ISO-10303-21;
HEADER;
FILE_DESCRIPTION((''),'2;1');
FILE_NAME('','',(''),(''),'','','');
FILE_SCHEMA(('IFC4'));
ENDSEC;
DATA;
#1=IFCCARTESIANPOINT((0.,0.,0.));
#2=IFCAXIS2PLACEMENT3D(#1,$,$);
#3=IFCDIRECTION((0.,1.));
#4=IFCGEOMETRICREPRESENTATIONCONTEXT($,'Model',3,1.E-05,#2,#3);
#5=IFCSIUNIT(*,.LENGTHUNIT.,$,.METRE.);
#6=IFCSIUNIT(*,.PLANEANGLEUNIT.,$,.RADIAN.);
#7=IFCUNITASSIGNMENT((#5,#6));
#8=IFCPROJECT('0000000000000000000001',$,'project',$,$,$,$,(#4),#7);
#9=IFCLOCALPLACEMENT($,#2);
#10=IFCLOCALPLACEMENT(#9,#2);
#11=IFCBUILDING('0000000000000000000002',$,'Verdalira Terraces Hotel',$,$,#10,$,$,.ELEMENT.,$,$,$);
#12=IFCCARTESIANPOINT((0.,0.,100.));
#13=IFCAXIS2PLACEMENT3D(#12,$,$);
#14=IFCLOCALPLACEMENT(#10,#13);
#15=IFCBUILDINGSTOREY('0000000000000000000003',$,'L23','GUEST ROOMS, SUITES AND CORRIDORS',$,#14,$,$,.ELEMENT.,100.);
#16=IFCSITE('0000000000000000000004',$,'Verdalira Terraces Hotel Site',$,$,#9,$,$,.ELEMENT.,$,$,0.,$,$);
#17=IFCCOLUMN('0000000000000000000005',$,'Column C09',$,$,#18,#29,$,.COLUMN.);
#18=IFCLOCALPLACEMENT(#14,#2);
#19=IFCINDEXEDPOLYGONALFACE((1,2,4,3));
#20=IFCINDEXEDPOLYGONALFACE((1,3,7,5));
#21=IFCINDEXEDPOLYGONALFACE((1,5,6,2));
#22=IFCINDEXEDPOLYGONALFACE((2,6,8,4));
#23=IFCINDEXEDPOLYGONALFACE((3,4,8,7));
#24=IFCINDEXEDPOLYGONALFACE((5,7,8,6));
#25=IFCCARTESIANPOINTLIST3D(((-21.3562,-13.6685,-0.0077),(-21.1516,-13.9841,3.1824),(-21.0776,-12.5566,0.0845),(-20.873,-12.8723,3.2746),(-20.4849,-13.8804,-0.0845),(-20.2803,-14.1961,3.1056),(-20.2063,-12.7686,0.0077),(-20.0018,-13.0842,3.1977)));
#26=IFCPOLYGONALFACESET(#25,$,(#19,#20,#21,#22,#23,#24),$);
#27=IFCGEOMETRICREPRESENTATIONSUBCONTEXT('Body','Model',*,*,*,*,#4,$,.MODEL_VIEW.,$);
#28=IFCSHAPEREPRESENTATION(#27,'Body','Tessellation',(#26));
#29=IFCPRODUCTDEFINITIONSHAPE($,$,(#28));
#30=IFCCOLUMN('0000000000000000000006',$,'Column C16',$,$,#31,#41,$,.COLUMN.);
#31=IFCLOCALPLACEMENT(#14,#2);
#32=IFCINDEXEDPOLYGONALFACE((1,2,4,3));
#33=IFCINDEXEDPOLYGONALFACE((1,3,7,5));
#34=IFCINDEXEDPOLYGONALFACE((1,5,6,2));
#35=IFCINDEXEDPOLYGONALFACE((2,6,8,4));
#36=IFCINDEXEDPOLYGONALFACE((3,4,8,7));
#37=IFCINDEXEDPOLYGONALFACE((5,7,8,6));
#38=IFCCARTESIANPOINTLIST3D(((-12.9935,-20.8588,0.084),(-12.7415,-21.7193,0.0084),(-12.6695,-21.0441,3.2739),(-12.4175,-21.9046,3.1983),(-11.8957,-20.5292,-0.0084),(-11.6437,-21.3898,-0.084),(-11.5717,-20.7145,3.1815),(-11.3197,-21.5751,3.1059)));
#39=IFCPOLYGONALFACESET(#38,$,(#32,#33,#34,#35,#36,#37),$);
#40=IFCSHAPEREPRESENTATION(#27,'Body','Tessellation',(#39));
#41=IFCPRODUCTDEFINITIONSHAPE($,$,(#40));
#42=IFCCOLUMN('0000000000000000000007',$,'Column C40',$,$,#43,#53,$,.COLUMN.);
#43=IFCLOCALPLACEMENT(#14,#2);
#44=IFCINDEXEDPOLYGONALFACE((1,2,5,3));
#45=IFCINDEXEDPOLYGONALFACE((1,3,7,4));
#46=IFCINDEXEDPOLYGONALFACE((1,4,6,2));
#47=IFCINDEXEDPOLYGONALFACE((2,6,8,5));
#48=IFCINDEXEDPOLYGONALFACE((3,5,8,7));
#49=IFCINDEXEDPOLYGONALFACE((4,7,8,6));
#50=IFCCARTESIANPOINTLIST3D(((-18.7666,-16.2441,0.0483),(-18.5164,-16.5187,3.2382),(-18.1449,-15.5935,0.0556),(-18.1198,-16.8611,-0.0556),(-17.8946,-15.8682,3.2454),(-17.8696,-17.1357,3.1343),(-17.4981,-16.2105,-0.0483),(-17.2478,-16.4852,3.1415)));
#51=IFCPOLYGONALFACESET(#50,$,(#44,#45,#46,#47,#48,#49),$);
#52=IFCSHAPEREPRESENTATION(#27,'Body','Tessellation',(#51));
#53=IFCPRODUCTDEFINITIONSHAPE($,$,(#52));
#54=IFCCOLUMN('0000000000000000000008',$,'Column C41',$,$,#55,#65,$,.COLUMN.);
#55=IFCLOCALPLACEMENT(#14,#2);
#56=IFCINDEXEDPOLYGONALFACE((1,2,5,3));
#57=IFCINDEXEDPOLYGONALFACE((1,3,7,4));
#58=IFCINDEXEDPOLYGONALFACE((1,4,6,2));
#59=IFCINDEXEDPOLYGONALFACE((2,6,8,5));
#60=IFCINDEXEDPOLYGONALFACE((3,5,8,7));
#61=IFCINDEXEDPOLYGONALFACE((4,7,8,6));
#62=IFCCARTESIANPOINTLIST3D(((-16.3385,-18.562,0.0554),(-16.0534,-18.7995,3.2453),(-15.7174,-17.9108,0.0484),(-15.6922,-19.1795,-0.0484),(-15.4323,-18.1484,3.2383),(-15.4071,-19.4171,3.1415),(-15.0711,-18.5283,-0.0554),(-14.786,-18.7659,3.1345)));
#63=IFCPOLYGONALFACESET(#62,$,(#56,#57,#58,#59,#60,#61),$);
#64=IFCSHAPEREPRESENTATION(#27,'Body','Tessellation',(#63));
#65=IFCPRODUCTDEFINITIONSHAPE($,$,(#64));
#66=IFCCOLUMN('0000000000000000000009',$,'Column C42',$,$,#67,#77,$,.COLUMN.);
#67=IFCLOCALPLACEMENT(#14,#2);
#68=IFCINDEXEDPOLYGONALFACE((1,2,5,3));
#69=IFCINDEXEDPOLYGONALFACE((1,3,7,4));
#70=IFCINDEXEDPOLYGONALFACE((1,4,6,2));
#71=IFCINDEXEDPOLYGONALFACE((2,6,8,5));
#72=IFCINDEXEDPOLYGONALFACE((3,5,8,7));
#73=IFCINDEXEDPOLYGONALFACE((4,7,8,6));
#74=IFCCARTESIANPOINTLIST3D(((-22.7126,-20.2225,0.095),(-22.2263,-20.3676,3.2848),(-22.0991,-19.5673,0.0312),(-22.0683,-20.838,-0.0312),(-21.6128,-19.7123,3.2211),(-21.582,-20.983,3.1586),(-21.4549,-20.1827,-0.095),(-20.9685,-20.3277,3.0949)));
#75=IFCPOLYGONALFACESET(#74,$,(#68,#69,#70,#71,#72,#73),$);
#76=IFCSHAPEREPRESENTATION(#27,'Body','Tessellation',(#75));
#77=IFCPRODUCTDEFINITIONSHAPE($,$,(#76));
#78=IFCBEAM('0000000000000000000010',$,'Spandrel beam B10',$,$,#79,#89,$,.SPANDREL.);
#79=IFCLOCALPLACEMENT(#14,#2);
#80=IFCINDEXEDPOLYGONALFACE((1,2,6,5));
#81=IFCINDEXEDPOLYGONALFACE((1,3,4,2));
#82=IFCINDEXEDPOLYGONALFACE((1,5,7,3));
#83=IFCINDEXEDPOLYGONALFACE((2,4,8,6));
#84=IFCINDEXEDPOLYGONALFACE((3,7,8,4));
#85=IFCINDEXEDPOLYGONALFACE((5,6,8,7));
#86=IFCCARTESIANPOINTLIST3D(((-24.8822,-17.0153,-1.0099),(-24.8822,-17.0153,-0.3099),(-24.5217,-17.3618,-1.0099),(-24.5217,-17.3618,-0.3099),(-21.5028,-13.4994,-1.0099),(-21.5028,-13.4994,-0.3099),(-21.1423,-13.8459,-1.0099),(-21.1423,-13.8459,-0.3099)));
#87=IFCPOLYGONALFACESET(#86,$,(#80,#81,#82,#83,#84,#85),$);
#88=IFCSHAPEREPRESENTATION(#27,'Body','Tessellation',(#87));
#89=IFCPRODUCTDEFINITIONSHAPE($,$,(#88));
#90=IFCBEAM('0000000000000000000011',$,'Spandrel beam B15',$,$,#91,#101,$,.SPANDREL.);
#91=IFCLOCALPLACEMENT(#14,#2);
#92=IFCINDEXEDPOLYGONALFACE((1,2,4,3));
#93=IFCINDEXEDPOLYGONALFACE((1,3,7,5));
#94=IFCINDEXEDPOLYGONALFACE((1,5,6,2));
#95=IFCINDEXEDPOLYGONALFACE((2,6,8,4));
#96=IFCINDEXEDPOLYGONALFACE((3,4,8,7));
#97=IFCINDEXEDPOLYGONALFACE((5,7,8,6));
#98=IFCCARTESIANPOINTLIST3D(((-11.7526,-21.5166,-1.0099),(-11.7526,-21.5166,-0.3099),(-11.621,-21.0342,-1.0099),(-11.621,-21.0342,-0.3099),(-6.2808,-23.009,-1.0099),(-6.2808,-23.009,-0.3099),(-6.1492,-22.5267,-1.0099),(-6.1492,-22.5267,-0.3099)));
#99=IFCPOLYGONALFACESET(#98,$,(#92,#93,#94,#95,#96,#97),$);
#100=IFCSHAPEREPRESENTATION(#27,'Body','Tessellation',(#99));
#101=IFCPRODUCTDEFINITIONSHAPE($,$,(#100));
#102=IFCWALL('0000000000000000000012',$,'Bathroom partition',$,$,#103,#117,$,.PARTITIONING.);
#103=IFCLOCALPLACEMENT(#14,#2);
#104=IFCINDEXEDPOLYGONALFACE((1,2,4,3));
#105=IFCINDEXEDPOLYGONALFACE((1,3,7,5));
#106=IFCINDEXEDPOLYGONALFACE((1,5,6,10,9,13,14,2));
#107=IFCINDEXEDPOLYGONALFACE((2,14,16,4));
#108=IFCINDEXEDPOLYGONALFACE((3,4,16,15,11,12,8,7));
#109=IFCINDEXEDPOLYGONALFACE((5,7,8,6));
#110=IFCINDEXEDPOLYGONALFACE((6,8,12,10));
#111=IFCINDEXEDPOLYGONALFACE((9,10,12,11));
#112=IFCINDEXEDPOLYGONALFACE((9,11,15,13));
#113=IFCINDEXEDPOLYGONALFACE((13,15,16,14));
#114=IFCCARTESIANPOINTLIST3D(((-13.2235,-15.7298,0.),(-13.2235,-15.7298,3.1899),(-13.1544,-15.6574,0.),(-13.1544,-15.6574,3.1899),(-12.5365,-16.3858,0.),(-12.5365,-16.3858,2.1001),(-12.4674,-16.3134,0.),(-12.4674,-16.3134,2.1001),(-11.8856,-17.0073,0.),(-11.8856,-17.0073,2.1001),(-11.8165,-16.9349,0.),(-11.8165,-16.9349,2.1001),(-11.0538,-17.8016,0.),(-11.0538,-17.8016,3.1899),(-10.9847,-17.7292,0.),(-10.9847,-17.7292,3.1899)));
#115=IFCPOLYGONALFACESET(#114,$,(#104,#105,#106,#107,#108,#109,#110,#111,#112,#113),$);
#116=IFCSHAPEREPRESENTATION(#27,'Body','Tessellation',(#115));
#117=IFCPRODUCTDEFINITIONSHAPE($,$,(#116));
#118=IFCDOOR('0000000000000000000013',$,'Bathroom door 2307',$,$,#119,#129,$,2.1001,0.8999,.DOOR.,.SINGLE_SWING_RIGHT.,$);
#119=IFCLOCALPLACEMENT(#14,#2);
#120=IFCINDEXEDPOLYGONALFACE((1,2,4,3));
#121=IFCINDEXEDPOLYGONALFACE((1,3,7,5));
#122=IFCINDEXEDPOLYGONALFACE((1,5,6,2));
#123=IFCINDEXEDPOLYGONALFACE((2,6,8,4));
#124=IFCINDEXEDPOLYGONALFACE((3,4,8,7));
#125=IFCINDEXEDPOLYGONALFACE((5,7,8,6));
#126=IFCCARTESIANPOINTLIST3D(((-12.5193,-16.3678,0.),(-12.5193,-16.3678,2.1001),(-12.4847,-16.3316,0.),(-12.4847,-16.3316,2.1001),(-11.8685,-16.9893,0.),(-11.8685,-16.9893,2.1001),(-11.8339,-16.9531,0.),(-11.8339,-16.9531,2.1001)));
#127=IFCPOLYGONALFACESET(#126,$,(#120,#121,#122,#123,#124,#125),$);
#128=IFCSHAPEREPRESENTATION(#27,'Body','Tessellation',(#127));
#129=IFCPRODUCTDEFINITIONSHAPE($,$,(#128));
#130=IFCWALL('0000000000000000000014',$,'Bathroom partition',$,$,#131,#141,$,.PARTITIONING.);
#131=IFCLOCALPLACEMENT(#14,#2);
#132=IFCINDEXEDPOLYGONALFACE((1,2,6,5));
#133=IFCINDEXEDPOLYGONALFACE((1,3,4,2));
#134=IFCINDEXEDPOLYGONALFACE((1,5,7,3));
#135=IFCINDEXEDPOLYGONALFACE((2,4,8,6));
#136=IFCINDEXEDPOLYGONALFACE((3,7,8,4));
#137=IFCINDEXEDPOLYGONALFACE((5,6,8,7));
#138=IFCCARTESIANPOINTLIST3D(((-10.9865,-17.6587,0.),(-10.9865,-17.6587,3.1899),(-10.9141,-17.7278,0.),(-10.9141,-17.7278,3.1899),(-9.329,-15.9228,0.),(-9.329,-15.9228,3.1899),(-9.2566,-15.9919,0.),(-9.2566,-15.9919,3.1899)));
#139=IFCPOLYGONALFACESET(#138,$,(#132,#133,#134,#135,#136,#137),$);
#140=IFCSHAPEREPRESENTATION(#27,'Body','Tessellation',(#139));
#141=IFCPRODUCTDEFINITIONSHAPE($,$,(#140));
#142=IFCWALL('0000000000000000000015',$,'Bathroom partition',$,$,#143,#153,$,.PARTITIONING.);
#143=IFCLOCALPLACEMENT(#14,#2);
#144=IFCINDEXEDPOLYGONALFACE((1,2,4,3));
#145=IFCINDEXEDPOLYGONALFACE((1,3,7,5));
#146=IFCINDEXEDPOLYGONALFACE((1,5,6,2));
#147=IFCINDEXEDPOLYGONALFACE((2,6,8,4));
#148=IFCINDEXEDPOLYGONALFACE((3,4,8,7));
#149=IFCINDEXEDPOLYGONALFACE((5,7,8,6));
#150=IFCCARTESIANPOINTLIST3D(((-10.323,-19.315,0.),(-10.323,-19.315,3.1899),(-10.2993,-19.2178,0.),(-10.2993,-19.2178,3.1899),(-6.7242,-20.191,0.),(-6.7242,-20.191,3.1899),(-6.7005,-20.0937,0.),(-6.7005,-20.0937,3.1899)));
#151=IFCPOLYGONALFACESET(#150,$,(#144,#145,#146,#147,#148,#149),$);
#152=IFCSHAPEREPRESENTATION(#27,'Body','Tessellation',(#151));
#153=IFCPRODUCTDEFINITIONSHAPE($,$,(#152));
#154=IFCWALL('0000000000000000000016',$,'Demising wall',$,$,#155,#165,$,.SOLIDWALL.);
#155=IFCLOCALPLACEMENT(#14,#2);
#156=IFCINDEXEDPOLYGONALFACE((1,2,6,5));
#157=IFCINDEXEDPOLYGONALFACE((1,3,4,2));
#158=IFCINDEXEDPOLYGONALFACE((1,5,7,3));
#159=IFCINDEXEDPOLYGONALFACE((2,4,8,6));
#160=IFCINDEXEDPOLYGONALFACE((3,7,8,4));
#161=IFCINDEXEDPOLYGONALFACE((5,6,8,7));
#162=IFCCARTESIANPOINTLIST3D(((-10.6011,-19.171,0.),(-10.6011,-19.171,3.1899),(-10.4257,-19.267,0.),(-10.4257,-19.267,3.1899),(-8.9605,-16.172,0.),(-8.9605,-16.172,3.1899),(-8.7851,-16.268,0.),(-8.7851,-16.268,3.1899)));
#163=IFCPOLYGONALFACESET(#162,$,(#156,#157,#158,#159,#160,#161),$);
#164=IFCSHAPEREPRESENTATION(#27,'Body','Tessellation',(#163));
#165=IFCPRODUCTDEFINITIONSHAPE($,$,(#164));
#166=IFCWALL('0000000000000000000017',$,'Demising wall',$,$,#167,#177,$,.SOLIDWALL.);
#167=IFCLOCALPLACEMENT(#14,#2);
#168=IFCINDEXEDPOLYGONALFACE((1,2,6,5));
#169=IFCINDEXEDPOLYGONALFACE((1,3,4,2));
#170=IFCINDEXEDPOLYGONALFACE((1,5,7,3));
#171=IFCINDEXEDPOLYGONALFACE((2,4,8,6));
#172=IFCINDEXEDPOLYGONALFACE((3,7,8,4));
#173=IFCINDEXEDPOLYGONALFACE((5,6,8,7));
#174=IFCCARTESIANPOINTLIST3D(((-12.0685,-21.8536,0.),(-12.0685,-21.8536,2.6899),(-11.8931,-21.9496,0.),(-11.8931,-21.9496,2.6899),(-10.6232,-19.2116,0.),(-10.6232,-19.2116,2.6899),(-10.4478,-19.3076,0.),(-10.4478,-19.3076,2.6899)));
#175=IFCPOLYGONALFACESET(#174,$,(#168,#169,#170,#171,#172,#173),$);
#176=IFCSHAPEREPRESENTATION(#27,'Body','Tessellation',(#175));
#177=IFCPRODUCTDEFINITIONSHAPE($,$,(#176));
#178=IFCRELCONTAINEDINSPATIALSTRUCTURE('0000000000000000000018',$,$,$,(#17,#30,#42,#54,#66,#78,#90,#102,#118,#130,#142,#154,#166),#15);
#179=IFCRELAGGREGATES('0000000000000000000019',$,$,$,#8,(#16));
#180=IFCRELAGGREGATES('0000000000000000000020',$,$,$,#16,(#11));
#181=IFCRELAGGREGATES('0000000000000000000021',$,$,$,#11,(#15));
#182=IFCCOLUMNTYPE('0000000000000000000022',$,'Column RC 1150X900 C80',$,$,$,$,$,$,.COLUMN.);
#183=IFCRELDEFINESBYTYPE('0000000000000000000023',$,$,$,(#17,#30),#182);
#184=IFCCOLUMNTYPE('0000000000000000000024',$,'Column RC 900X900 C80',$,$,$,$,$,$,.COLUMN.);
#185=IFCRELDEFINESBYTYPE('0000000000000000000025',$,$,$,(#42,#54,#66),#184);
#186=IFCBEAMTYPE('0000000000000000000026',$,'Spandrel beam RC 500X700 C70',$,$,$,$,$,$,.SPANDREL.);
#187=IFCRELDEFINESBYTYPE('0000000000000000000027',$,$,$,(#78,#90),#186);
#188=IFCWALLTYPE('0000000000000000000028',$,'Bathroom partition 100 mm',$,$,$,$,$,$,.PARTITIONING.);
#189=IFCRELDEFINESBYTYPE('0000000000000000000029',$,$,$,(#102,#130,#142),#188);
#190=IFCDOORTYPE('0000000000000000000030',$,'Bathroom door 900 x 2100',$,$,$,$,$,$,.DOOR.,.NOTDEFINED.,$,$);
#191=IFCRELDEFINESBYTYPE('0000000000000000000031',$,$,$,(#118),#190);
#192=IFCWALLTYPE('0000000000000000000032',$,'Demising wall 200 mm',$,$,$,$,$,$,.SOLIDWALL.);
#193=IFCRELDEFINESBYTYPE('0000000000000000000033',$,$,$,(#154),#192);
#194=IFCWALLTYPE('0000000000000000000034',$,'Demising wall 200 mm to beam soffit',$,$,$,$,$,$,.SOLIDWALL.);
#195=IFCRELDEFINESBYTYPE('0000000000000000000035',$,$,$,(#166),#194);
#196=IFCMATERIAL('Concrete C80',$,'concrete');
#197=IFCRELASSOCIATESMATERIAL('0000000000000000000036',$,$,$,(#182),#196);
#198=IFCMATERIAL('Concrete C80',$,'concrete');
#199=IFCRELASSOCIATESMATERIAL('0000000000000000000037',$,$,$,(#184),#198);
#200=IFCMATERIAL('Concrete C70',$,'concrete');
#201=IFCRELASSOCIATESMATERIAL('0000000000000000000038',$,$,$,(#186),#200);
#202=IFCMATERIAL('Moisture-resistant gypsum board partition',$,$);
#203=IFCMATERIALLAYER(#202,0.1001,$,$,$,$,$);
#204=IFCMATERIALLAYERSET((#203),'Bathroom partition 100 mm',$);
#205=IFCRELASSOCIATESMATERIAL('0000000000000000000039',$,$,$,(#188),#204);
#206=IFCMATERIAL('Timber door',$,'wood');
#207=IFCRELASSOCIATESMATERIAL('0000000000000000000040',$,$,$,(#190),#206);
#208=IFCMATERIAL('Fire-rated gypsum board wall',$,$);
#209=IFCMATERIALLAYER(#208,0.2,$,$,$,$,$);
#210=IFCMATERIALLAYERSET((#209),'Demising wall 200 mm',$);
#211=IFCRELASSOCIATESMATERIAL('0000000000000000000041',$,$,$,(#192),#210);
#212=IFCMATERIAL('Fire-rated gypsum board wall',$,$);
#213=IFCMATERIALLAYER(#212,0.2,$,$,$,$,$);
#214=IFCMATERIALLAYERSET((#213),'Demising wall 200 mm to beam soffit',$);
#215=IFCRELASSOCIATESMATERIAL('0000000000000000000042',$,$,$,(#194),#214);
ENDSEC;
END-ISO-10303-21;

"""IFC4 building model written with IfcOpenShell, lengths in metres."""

from ifc_helpers import new_model, si_unit, direction, frame, frame_2d, origin, origin_2d, place, context, subcontext, project, spatial, rectangle, extrude, material, layer, layer_set, material_profile, profile_set, type_object, element, fill, save


model = new_model("IFC4")

# Units and contexts
model_context = context("Model", 3, precision=1e-05, world=origin(), true_north=direction((0.0, 1.0)))
body_context = subcontext(model_context, "Body", "Model", "MODEL_VIEW")
ifc_project = project(units=[si_unit("LENGTHUNIT", "METRE"), si_unit("PLANEANGLEUNIT", "RADIAN")], contexts=[model_context])

# Site, building, storey
site_placement = place(None, origin())
site = spatial("IfcSite", under=ifc_project, at=site_placement, Name="Verdalira Terraces Hotel Site", CompositionType="ELEMENT", RefElevation=0.0)
building_placement = place(site_placement, origin())
building = spatial("IfcBuilding", under=site, at=building_placement, Name="Verdalira Terraces Hotel", CompositionType="ELEMENT")
storey_placement = place(building_placement, frame((0.0, 0.0, 100.0)))
storey = spatial("IfcBuildingStorey", under=building, at=storey_placement, Name="L23", Description="GUEST ROOMS, SUITES AND CORRIDORS", CompositionType="ELEMENT", Elevation=100.0)

# Columns
ifc_material_1 = material(Name="Concrete C80", Category="concrete")
ifc_material_profile_1 = material_profile(ifc_material_1, rectangle(XDim=1.1499, YDim=0.8999, at=origin_2d()), Name="RC 1150X900")
ifc_profile_set_1 = profile_set([ifc_material_profile_1], Name="Concrete C80")
column_type_1 = type_object("IfcColumnType", Name="Column RC 1150X900 C80", PredefinedType="COLUMN", material=ifc_profile_set_1)
column_1_placement = place(storey_placement, frame((-20.7812, -13.2185, 0.0), z_axis=(0.063695, -0.098278, 0.993119), x_axis=(0.242274, 0.966892, 0.080144)))
element("IfcColumn", 1, at=column_1_placement, inside=storey, type_object=column_type_1, Name="Column C09", PredefinedType="COLUMN", context=body_context, shape_type="SweptSolid", body=[
    extrude(rectangle(XDim=1.1499, YDim=0.8999, at=origin_2d()), origin(), (0.0, 0.0, 1.0), 3.2122),
])
column_2_placement = place(storey_placement, frame((-12.3186, -21.1243, 0.0), z_axis=(0.100873, -0.057696, 0.993225), x_axis=(-0.954678, -0.286601, 0.08031)))
element("IfcColumn", 2, at=column_2_placement, inside=storey, type_object=column_type_1, Name="Column C16", PredefinedType="COLUMN", context=body_context, shape_type="SweptSolid", body=[
    extrude(rectangle(XDim=1.1499, YDim=0.8999, at=origin_2d()), origin(), (0.0, 0.0, 1.0), 3.2117),
])
ifc_material_2 = material(Name="Concrete C80", Category="concrete")
ifc_material_profile_2 = material_profile(ifc_material_2, rectangle(XDim=0.8999, YDim=0.8999, at=origin_2d()), Name="RC 900X900")
ifc_profile_set_2 = profile_set([ifc_material_profile_2], Name="Concrete C80")
column_type_2 = type_object("IfcColumnType", Name="Column RC 900X900 C80", PredefinedType="COLUMN", material=ifc_profile_set_2)
for number, where, z_axis, x_axis, name in (
    (3, (-18.1323, -16.2273, 0.0), (0.077921, -0.085523, 0.993285), (-0.690898, -0.722908, -0.008044), "Column C40"),
    (4, (-15.7048, -18.5452, 0.0), (0.088793, -0.073969, 0.9933), (-0.690162, -0.723612, 0.007809), "Column C41"),
):
    element("IfcColumn", number, at=place(storey_placement, frame(where, z_axis=z_axis, x_axis=x_axis)), inside=storey, type_object=column_type_2, Name=name, PredefinedType="COLUMN", context=body_context, shape_type="SweptSolid", body=[
        extrude(rectangle(XDim=0.8999, YDim=0.8999, at=origin_2d()), origin(), (0.0, 0.0, 1.0), 3.2114),
    ])
column_3_placement = place(storey_placement, frame((-22.0837, -20.2026, 0.0), z_axis=(0.150563, -0.044897, 0.98758), x_axis=(-0.681726, -0.728171, 0.07083)))
element("IfcColumn", 5, at=column_3_placement, inside=storey, type_object=column_type_2, Name="Column C42", PredefinedType="COLUMN", context=body_context, shape_type="SweptSolid", body=[
    extrude(rectangle(XDim=0.8999, YDim=0.8999, at=origin_2d()), origin(), (0.0, 0.0, 1.0), 3.23),
])

# Beams
ifc_material_3 = material(Name="Concrete C70", Category="concrete")
ifc_material_profile_3 = material_profile(ifc_material_3, rectangle(XDim=0.5, YDim=0.7, at=origin_2d()), Name="RC 500X700")
ifc_profile_set_3 = profile_set([ifc_material_profile_3], Name="Concrete C70")
beam_type = type_object("IfcBeamType", Name="Spandrel beam RC 500X700 C70", PredefinedType="SPANDREL", material=ifc_profile_set_3)
beam_1_placement = place(storey_placement, frame((-21.3225, -13.6726, -0.6599), z_axis=(-0.692976, -0.720961, 0.0), x_axis=(0.720961, -0.692976, 0.0)))
element("IfcBeam", 6, at=beam_1_placement, inside=storey, type_object=beam_type, Name="Spandrel beam B10", PredefinedType="SPANDREL", context=body_context, shape_type="SweptSolid", body=[
    extrude(rectangle(XDim=0.5, YDim=0.7, at=origin_2d()), origin(), (0.0, 0.0, 1.0), 4.8767),
])
beam_2_placement = place(storey_placement, frame((-11.6868, -21.2754, -0.6599), z_axis=(0.964757, -0.263143, 0.0), x_axis=(0.263143, 0.964757, 0.0)))
element("IfcBeam", 7, at=beam_2_placement, inside=storey, type_object=beam_type, Name="Spandrel beam B15", PredefinedType="SPANDREL", context=body_context, shape_type="SweptSolid", body=[
    extrude(rectangle(XDim=0.5, YDim=0.7, at=origin_2d()), origin(), (0.0, 0.0, 1.0), 5.6716),
])

# Wall, opening, door
ifc_material_4 = material(Name="Moisture-resistant gypsum board partition")
ifc_layer_1 = layer(ifc_material_4, 0.1001)
ifc_layer_set_1 = layer_set([ifc_layer_1], Name="Bathroom partition 100 mm")
wall_type_1 = type_object("IfcWallType", Name="Bathroom partition 100 mm", PredefinedType="PARTITIONING", material=ifc_layer_set_1)
wall_1_placement = place(storey_placement, frame((-13.189, -15.6936, 0.0), z_axis=(0.0, 0.0, 1.0), x_axis=(0.723235, -0.690602, 0.0)))
wall_1 = element("IfcWall", 8, at=wall_1_placement, inside=storey, type_object=wall_type_1, Name="Bathroom partition", PredefinedType="PARTITIONING", context=body_context, shape_type="SweptSolid", body=[
    extrude(rectangle(XDim=3.0, YDim=0.1001, at=frame_2d((1.5, 0.0))), origin(), (0.0, 0.0, 1.0), 3.1899),
])
opening_1_placement = place(wall_1_placement, frame((0.95, 0.0, 0.0)))
opening_1 = element("IfcOpeningElement", 9, at=opening_1_placement, cuts=wall_1, PredefinedType="OPENING", context=body_context, shape_type="SweptSolid", body=[
    extrude(rectangle(XDim=0.8999, YDim=2.1001, at=frame_2d((0.45, 1.05))), frame((0.0, 0.0601, 0.0), z_axis=(0.0, -1.0, 0.0), x_axis=(1.0, 0.0, 0.0)), (0.0, 0.0, 1.0), 0.1201),
])
ifc_material_5 = material(Name="Timber door", Category="wood")
door_type_1 = type_object("IfcDoorType", Name="Bathroom door 900 x 2100", OperationType="NOTDEFINED", PredefinedType="DOOR", material=ifc_material_5)
door_1_placement = place(opening_1_placement, origin())
door_1 = element("IfcDoor", 10, at=door_1_placement, inside=storey, type_object=door_type_1, Name="Bathroom door 2307", OperationType="SINGLE_SWING_RIGHT", OverallHeight=2.1001, OverallWidth=0.8999, PredefinedType="DOOR", context=body_context, shape_type="SweptSolid", body=[
    extrude(rectangle(XDim=0.8999, YDim=2.1001, at=frame_2d((0.45, 1.05))), frame((0.0, 0.0249, 0.0), z_axis=(0.0, -1.0, 0.0), x_axis=(1.0, 0.0, 0.0)), (0.0, 0.0, 1.0), 0.05),
])
fill(opening_1, door_1)

# Walls
wall_2_placement = place(storey_placement, frame((-9.2927, -15.9573, 0.0), z_axis=(0.0, 0.0, 1.0), x_axis=(-0.690592, -0.723245, 0.0)))
element("IfcWall", 11, at=wall_2_placement, inside=storey, type_object=wall_type_1, Name="Bathroom partition", PredefinedType="PARTITIONING", context=body_context, shape_type="SweptSolid", body=[
    extrude(rectangle(XDim=2.4001, YDim=0.1001, at=frame_2d((1.2002, 0.0))), origin(), (0.0, 0.0, 1.0), 3.1899),
])
wall_3_placement = place(storey_placement, frame((-10.3113, -19.2664, 0.0), z_axis=(0.0, 0.0, 1.0), x_axis=(0.971632, -0.236498, 0.0)))
element("IfcWall", 12, at=wall_3_placement, inside=storey, type_object=wall_type_1, Name="Bathroom partition", PredefinedType="PARTITIONING", context=body_context, shape_type="SweptSolid", body=[
    extrude(rectangle(XDim=3.7039, YDim=0.1001, at=frame_2d((1.8521, 0.0))), origin(), (0.0, 0.0, 1.0), 3.1899),
])
ifc_material_6 = material(Name="Fire-rated gypsum board wall")
ifc_layer_2 = layer(ifc_material_6, 0.2)
ifc_layer_set_2 = layer_set([ifc_layer_2], Name="Demising wall 200 mm")
wall_type_2 = type_object("IfcWallType", Name="Demising wall 200 mm", PredefinedType="SOLIDWALL", material=ifc_layer_set_2)
wall_4_placement = place(storey_placement, frame((-8.8728, -16.22, 0.0), z_axis=(0.0, 0.0, 1.0), x_axis=(-0.479933, -0.877305, 0.0)))
element("IfcWall", 13, at=wall_4_placement, inside=storey, type_object=wall_type_2, Name="Demising wall", PredefinedType="SOLIDWALL", context=body_context, shape_type="SweptSolid", body=[
    extrude(rectangle(XDim=3.4185, YDim=0.2, at=frame_2d((1.7092, 0.0))), origin(), (0.0, 0.0, 1.0), 3.1899),
])
ifc_material_7 = material(Name="Fire-rated gypsum board wall")
ifc_layer_3 = layer(ifc_material_7, 0.2)
ifc_layer_set_3 = layer_set([ifc_layer_3], Name="Demising wall 200 mm to beam soffit")
wall_type_3 = type_object("IfcWallType", Name="Demising wall 200 mm to beam soffit", PredefinedType="SOLIDWALL", material=ifc_layer_set_3)
wall_5_placement = place(storey_placement, frame((-10.5354, -19.2595, 0.0), z_axis=(0.0, 0.0, 1.0), x_axis=(-0.479954, -0.877294, 0.0)))
element("IfcWall", 14, at=wall_5_placement, inside=storey, type_object=wall_type_3, Name="Demising wall", PredefinedType="SOLIDWALL", context=body_context, shape_type="SweptSolid", body=[
    extrude(rectangle(XDim=3.0115, YDim=0.2, at=frame_2d((1.5059, 0.0))), origin(), (0.0, 0.0, 1.0), 2.6899),
])

save(model, "model.ifc")
